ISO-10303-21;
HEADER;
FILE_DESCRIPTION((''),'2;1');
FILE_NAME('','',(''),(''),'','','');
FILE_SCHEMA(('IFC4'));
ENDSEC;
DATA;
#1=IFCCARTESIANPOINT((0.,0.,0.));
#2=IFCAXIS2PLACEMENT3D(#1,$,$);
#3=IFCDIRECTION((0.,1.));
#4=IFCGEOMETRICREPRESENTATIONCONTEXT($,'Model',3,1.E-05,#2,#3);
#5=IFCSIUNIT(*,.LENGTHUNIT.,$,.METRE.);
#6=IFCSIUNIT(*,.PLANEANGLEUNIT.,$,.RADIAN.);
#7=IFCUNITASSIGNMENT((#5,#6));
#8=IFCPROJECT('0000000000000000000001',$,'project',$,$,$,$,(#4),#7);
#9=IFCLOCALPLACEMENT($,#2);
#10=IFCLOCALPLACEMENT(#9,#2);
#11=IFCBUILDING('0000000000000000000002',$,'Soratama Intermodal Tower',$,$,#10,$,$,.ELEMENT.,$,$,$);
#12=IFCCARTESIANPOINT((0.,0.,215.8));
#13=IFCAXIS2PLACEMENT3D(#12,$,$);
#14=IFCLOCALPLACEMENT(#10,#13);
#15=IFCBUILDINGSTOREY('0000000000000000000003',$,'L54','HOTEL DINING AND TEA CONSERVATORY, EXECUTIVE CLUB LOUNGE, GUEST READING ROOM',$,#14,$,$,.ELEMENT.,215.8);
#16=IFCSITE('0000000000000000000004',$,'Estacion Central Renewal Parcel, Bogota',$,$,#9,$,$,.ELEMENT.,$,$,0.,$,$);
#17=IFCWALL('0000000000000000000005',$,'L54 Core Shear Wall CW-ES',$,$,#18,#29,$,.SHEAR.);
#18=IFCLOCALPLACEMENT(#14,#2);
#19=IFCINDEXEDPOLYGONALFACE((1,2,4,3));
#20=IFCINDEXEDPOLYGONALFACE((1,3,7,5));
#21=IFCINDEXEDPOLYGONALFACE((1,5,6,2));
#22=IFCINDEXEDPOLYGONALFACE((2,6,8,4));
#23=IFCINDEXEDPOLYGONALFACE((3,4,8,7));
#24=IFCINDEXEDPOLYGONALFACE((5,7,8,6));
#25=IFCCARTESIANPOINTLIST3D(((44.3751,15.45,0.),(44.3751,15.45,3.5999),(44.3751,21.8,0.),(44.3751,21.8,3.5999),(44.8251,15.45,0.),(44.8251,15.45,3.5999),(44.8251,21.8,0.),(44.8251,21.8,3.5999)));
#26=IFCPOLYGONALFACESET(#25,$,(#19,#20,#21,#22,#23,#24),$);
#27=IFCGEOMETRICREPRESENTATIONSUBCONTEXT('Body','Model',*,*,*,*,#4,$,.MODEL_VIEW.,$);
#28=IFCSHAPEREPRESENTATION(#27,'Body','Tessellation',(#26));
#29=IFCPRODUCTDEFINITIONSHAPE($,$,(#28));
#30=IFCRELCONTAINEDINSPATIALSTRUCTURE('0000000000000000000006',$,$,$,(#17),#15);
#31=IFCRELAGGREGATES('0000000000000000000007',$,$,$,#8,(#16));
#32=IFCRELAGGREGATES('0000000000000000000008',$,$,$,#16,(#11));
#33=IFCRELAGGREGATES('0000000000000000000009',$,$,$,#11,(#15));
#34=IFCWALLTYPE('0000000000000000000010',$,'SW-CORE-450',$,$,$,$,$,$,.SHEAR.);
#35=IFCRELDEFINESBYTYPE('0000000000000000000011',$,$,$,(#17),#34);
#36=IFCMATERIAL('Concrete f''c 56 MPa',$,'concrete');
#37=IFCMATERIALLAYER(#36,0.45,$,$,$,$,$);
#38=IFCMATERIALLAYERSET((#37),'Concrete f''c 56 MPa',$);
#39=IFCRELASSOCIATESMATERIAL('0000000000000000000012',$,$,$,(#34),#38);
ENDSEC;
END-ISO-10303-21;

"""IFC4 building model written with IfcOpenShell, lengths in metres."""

from ifc_helpers import new_model, si_unit, direction, frame, frame_2d, origin, place, context, subcontext, project, spatial, rectangle, extrude, material, layer, layer_set, type_object, element, save


model = new_model("IFC4")

# Units and contexts
model_context = context("Model", 3, precision=1e-05, world=origin(), true_north=direction((0.0, 1.0)))
body_context = subcontext(model_context, "Body", "Model", "MODEL_VIEW")
ifc_project = project(units=[si_unit("LENGTHUNIT", "METRE"), si_unit("PLANEANGLEUNIT", "RADIAN")], contexts=[model_context])

# Site, building, storey
site_placement = place(None, origin())
site = spatial("IfcSite", under=ifc_project, at=site_placement, Name="Estacion Central Renewal Parcel, Bogota", CompositionType="ELEMENT", RefElevation=0.0)
building_placement = place(site_placement, origin())
building = spatial("IfcBuilding", under=site, at=building_placement, Name="Soratama Intermodal Tower", CompositionType="ELEMENT")
storey_placement = place(building_placement, frame((0.0, 0.0, 215.8)))
storey = spatial("IfcBuildingStorey", under=building, at=storey_placement, Name="L54", Description="HOTEL DINING AND TEA CONSERVATORY, EXECUTIVE CLUB LOUNGE, GUEST READING ROOM", CompositionType="ELEMENT", Elevation=215.8)

# Wall
ifc_material_1 = material(Name="Concrete f'c 56 MPa", Category="concrete")
ifc_layer_1 = layer(ifc_material_1, 0.45)
ifc_layer_set_1 = layer_set([ifc_layer_1], Name="Concrete f'c 56 MPa")
wall_type_1 = type_object("IfcWallType", Name="SW-CORE-450", PredefinedType="SHEAR", material=ifc_layer_set_1)
wall_1_placement = place(storey_placement, frame((44.6001, 15.45, 0.0), z_axis=(0.0, 0.0, 1.0), x_axis=(0.0, 1.0, 0.0)))
element("IfcWall", 1, at=wall_1_placement, inside=storey, type_object=wall_type_1, Name="L54 Core Shear Wall CW-ES", PredefinedType="SHEAR", context=body_context, shape_type="SweptSolid", body=[
    extrude(rectangle(XDim=6.3501, YDim=0.45, at=frame_2d((3.175, 0.0))), origin(), (0.0, 0.0, 1.0), 3.5999),
])

save(model, "model.ifc")
